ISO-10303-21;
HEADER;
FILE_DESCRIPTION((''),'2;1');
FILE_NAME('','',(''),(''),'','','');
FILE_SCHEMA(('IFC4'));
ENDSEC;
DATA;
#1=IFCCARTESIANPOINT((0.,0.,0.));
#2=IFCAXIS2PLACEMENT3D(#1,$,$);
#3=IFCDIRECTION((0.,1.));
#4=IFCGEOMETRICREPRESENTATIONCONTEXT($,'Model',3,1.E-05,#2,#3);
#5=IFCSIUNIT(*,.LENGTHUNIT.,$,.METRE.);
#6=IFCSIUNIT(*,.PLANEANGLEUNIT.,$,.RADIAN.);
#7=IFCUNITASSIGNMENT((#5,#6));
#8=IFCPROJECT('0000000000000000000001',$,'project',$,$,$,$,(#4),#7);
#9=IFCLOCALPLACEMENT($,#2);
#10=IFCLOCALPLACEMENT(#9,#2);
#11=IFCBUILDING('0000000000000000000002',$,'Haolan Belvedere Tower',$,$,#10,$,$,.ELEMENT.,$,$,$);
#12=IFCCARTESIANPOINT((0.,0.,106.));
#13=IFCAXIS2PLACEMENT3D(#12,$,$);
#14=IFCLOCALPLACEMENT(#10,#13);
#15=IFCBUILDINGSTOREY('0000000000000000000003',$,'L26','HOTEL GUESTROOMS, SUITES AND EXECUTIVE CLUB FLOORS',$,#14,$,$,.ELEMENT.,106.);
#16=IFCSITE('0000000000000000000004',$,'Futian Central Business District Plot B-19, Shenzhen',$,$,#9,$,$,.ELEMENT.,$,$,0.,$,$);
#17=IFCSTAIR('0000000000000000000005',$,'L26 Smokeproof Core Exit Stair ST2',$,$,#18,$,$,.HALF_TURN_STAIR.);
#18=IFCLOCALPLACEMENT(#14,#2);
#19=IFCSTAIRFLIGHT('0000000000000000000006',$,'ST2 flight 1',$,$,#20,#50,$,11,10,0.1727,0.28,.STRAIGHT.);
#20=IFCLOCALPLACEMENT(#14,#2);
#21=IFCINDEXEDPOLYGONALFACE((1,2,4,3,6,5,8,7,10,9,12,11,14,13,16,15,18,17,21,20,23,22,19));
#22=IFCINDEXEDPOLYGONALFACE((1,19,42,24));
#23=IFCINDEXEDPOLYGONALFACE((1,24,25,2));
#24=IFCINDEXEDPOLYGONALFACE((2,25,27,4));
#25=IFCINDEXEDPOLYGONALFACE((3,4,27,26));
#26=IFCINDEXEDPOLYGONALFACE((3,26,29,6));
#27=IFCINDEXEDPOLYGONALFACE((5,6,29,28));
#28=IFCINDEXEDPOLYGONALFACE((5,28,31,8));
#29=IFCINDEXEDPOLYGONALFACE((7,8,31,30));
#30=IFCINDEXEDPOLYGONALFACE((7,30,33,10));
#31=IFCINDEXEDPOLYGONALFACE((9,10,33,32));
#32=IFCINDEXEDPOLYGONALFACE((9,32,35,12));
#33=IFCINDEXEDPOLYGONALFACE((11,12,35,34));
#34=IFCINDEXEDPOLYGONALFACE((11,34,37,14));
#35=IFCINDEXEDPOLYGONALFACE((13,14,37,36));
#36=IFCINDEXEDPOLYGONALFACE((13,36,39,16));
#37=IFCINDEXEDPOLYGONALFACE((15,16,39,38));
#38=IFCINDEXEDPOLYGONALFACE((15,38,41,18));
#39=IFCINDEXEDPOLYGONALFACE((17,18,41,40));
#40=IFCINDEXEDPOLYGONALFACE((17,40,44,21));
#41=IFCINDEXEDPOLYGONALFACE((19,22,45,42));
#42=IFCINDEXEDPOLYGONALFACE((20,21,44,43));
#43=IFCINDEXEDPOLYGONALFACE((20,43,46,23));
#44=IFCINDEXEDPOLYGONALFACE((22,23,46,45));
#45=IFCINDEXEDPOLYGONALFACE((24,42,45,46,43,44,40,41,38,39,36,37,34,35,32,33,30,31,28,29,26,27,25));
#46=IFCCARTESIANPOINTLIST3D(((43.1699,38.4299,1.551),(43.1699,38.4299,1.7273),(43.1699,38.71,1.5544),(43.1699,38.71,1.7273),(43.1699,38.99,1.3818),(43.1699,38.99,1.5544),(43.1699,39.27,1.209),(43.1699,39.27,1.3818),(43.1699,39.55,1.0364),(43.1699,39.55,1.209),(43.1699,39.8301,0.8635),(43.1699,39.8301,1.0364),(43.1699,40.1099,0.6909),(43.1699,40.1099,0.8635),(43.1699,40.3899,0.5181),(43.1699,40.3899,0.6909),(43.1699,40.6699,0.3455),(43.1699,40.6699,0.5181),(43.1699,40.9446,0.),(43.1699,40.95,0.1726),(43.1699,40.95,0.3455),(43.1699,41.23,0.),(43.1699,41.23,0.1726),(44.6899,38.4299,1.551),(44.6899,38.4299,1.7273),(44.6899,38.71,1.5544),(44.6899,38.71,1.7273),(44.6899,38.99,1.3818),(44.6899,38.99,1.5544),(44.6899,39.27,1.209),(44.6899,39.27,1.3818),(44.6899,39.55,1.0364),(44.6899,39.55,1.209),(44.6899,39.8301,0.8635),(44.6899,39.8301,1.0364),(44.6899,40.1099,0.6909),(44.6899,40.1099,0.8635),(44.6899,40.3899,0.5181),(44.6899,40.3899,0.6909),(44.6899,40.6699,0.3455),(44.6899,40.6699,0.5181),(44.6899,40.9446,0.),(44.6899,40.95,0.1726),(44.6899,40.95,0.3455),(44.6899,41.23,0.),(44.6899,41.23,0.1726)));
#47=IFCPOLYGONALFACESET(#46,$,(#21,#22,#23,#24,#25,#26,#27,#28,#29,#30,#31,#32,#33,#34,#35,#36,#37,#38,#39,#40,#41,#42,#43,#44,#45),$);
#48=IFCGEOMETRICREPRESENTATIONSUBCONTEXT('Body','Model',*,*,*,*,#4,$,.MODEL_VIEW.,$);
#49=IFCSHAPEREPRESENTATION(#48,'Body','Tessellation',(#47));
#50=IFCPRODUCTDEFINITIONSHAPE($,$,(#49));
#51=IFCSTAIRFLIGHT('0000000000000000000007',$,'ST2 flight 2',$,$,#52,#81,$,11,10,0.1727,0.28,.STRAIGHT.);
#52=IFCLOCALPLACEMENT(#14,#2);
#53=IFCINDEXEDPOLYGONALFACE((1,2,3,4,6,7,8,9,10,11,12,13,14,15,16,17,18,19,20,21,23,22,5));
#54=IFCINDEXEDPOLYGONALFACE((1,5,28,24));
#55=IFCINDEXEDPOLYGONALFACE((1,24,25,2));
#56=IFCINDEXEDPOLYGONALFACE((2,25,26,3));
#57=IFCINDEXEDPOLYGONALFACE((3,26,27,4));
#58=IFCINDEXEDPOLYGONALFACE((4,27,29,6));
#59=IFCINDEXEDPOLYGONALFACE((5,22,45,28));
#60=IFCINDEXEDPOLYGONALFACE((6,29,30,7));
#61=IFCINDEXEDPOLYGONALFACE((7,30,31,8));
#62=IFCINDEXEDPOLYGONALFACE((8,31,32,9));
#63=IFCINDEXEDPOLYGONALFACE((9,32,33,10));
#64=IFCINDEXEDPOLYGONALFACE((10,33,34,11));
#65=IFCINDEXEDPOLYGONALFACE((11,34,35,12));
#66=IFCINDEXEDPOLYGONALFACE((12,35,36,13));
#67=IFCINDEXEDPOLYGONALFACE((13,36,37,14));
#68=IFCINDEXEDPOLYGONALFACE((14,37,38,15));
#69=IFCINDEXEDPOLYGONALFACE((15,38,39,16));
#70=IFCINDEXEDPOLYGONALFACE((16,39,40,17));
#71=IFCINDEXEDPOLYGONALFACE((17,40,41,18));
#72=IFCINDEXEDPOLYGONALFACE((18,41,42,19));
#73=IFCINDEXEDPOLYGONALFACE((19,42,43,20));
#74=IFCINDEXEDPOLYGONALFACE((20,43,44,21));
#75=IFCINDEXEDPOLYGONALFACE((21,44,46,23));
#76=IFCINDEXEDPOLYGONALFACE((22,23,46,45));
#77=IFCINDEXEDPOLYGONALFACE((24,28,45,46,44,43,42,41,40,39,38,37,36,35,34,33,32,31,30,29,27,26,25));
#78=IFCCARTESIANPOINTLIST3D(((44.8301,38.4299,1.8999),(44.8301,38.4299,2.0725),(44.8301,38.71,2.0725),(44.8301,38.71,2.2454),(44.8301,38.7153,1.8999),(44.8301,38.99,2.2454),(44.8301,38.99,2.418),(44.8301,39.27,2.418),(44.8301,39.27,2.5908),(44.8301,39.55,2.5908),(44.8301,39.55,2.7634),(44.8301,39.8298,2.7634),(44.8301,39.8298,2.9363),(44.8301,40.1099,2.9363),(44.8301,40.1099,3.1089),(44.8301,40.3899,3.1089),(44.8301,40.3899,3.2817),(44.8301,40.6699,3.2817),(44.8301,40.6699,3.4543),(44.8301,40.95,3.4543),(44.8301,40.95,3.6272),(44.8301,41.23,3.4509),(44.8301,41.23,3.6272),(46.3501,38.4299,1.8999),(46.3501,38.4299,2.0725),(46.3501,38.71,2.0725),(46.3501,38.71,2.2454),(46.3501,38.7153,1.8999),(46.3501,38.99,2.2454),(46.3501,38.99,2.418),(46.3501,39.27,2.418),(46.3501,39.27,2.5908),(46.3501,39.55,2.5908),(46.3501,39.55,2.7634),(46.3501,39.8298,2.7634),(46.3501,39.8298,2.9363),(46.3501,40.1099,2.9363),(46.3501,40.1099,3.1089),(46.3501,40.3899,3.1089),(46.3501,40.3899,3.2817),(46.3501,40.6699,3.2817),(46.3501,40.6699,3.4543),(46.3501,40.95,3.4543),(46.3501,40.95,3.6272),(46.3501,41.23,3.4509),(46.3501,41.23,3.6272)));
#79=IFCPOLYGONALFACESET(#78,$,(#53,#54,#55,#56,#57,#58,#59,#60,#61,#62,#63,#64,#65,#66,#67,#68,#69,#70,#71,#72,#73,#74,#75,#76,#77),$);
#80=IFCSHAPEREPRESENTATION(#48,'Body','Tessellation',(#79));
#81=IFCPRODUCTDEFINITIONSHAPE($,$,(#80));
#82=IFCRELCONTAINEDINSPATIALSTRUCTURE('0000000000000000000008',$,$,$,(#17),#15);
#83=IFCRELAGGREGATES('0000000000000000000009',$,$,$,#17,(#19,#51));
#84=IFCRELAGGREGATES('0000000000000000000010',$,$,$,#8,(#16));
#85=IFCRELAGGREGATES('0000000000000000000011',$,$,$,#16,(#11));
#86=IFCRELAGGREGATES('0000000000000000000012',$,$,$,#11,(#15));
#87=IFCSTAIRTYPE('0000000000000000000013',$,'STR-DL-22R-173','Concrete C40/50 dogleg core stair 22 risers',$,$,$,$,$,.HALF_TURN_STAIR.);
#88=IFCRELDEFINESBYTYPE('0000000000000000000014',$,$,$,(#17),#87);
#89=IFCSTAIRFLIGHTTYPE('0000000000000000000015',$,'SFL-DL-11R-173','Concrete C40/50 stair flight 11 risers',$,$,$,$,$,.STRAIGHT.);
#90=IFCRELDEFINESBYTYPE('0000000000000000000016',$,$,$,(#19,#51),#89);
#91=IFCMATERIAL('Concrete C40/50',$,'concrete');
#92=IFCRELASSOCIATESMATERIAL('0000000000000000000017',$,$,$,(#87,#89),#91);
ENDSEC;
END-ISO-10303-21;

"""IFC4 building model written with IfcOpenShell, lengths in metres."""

from ifc_helpers import new_model, si_unit, direction, frame, origin, place, context, subcontext, project, spatial, polyline, outline, extrude, material, type_object, element, aggregate, save


model = new_model("IFC4")

# Units and contexts
model_context = context("Model", 3, precision=1e-05, world=origin(), true_north=direction((0.0, 1.0)))
body_context = subcontext(model_context, "Body", "Model", "MODEL_VIEW")
ifc_project = project(units=[si_unit("LENGTHUNIT", "METRE"), si_unit("PLANEANGLEUNIT", "RADIAN")], contexts=[model_context])

# Site, building, storey
site_placement = place(None, origin())
site = spatial("IfcSite", under=ifc_project, at=site_placement, Name="Futian Central Business District Plot B-19, Shenzhen", CompositionType="ELEMENT", RefElevation=0.0)
building_placement = place(site_placement, origin())
building = spatial("IfcBuilding", under=site, at=building_placement, Name="Haolan Belvedere Tower", CompositionType="ELEMENT")
storey_placement = place(building_placement, frame((0.0, 0.0, 106.0)))
storey = spatial("IfcBuildingStorey", under=building, at=storey_placement, Name="L26", Description="HOTEL GUESTROOMS, SUITES AND EXECUTIVE CLUB FLOORS", CompositionType="ELEMENT", Elevation=106.0)

# Stair, stair flights
ifc_material_1 = material(Name="Concrete C40/50", Category="concrete")
stair_type = type_object("IfcStairType", Name="STR-DL-22R-173", Description="Concrete C40/50 dogleg core stair 22 risers", PredefinedType="HALF_TURN_STAIR", material=ifc_material_1)
stair_flight_type = type_object("IfcStairFlightType", Name="SFL-DL-11R-173", Description="Concrete C40/50 stair flight 11 risers", PredefinedType="STRAIGHT", material=ifc_material_1)
stair_1_placement = place(storey_placement, origin())
stair_1 = element("IfcStair", 1, at=stair_1_placement, inside=storey, type_object=stair_type, Name="L26 Smokeproof Core Exit Stair ST2", PredefinedType="HALF_TURN_STAIR")
stair_flight_1_placement = place(storey_placement, frame((43.9299, 41.23, 0.0), z_axis=(0.0, 0.0, 1.0), x_axis=(0.0, -1.0, 0.0)))
stair_flight_1 = element("IfcStairFlight", 2, at=stair_flight_1_placement, type_object=stair_flight_type, Name="ST2 flight 1", NumberOfRisers=11, NumberOfTreads=10, PredefinedType="STRAIGHT", RiserHeight=0.1727, TreadLength=0.28, context=body_context, shape_type="SweptSolid", body=[
    extrude(outline(polyline([(0.0, 0.0), (0.0, 0.1726), (0.28, 0.1726), (0.28, 0.3455), (0.5601, 0.3455), (0.5601, 0.5181), (0.8401, 0.5181), (0.8401, 0.6909), (1.1201, 0.6909), (1.1201, 0.8635), (1.3999, 0.8635), (1.3999, 1.0364), (1.6799, 1.0364), (1.6799, 1.209), (1.96, 1.209), (1.96, 1.3818), (2.24, 1.3818), (2.24, 1.5544), (2.52, 1.5544), (2.52, 1.7273), (2.8, 1.7273), (2.8, 1.8999), (2.8, 1.551), (0.2854, 0.0), (0.0, 0.0)])), frame((0.0, 0.76, 0.0), z_axis=(0.0, -1.0, 0.0), x_axis=(1.0, 0.0, 0.0)), (0.0, 0.0, 1.0), 1.52),
])
stair_flight_2_placement = place(storey_placement, frame((45.5901, 38.4299, 1.8999), z_axis=(0.0, 0.0, 1.0), x_axis=(0.0, 1.0, 0.0)))
stair_flight_2 = element("IfcStairFlight", 3, at=stair_flight_2_placement, type_object=stair_flight_type, Name="ST2 flight 2", NumberOfRisers=11, NumberOfTreads=10, PredefinedType="STRAIGHT", RiserHeight=0.1727, TreadLength=0.28, context=body_context, shape_type="SweptSolid", body=[
    extrude(outline(polyline([(0.0, 0.0), (0.0, 0.1726), (0.28, 0.1726), (0.28, 0.3455), (0.5601, 0.3455), (0.5601, 0.5181), (0.8401, 0.5181), (0.8401, 0.6909), (1.1201, 0.6909), (1.1201, 0.8635), (1.3999, 0.8635), (1.3999, 1.0364), (1.6799, 1.0364), (1.6799, 1.209), (1.96, 1.209), (1.96, 1.3818), (2.24, 1.3818), (2.24, 1.5544), (2.52, 1.5544), (2.52, 1.7273), (2.8, 1.7273), (2.8, 1.8999), (2.8, 1.551), (0.2854, 0.0), (0.0, 0.0)])), frame((0.0, 0.76, 0.0), z_axis=(0.0, -1.0, 0.0), x_axis=(1.0, 0.0, 0.0)), (0.0, 0.0, 1.0), 1.52),
])
aggregate(stair_1, [stair_flight_1, stair_flight_2])

save(model, "model.ifc")
